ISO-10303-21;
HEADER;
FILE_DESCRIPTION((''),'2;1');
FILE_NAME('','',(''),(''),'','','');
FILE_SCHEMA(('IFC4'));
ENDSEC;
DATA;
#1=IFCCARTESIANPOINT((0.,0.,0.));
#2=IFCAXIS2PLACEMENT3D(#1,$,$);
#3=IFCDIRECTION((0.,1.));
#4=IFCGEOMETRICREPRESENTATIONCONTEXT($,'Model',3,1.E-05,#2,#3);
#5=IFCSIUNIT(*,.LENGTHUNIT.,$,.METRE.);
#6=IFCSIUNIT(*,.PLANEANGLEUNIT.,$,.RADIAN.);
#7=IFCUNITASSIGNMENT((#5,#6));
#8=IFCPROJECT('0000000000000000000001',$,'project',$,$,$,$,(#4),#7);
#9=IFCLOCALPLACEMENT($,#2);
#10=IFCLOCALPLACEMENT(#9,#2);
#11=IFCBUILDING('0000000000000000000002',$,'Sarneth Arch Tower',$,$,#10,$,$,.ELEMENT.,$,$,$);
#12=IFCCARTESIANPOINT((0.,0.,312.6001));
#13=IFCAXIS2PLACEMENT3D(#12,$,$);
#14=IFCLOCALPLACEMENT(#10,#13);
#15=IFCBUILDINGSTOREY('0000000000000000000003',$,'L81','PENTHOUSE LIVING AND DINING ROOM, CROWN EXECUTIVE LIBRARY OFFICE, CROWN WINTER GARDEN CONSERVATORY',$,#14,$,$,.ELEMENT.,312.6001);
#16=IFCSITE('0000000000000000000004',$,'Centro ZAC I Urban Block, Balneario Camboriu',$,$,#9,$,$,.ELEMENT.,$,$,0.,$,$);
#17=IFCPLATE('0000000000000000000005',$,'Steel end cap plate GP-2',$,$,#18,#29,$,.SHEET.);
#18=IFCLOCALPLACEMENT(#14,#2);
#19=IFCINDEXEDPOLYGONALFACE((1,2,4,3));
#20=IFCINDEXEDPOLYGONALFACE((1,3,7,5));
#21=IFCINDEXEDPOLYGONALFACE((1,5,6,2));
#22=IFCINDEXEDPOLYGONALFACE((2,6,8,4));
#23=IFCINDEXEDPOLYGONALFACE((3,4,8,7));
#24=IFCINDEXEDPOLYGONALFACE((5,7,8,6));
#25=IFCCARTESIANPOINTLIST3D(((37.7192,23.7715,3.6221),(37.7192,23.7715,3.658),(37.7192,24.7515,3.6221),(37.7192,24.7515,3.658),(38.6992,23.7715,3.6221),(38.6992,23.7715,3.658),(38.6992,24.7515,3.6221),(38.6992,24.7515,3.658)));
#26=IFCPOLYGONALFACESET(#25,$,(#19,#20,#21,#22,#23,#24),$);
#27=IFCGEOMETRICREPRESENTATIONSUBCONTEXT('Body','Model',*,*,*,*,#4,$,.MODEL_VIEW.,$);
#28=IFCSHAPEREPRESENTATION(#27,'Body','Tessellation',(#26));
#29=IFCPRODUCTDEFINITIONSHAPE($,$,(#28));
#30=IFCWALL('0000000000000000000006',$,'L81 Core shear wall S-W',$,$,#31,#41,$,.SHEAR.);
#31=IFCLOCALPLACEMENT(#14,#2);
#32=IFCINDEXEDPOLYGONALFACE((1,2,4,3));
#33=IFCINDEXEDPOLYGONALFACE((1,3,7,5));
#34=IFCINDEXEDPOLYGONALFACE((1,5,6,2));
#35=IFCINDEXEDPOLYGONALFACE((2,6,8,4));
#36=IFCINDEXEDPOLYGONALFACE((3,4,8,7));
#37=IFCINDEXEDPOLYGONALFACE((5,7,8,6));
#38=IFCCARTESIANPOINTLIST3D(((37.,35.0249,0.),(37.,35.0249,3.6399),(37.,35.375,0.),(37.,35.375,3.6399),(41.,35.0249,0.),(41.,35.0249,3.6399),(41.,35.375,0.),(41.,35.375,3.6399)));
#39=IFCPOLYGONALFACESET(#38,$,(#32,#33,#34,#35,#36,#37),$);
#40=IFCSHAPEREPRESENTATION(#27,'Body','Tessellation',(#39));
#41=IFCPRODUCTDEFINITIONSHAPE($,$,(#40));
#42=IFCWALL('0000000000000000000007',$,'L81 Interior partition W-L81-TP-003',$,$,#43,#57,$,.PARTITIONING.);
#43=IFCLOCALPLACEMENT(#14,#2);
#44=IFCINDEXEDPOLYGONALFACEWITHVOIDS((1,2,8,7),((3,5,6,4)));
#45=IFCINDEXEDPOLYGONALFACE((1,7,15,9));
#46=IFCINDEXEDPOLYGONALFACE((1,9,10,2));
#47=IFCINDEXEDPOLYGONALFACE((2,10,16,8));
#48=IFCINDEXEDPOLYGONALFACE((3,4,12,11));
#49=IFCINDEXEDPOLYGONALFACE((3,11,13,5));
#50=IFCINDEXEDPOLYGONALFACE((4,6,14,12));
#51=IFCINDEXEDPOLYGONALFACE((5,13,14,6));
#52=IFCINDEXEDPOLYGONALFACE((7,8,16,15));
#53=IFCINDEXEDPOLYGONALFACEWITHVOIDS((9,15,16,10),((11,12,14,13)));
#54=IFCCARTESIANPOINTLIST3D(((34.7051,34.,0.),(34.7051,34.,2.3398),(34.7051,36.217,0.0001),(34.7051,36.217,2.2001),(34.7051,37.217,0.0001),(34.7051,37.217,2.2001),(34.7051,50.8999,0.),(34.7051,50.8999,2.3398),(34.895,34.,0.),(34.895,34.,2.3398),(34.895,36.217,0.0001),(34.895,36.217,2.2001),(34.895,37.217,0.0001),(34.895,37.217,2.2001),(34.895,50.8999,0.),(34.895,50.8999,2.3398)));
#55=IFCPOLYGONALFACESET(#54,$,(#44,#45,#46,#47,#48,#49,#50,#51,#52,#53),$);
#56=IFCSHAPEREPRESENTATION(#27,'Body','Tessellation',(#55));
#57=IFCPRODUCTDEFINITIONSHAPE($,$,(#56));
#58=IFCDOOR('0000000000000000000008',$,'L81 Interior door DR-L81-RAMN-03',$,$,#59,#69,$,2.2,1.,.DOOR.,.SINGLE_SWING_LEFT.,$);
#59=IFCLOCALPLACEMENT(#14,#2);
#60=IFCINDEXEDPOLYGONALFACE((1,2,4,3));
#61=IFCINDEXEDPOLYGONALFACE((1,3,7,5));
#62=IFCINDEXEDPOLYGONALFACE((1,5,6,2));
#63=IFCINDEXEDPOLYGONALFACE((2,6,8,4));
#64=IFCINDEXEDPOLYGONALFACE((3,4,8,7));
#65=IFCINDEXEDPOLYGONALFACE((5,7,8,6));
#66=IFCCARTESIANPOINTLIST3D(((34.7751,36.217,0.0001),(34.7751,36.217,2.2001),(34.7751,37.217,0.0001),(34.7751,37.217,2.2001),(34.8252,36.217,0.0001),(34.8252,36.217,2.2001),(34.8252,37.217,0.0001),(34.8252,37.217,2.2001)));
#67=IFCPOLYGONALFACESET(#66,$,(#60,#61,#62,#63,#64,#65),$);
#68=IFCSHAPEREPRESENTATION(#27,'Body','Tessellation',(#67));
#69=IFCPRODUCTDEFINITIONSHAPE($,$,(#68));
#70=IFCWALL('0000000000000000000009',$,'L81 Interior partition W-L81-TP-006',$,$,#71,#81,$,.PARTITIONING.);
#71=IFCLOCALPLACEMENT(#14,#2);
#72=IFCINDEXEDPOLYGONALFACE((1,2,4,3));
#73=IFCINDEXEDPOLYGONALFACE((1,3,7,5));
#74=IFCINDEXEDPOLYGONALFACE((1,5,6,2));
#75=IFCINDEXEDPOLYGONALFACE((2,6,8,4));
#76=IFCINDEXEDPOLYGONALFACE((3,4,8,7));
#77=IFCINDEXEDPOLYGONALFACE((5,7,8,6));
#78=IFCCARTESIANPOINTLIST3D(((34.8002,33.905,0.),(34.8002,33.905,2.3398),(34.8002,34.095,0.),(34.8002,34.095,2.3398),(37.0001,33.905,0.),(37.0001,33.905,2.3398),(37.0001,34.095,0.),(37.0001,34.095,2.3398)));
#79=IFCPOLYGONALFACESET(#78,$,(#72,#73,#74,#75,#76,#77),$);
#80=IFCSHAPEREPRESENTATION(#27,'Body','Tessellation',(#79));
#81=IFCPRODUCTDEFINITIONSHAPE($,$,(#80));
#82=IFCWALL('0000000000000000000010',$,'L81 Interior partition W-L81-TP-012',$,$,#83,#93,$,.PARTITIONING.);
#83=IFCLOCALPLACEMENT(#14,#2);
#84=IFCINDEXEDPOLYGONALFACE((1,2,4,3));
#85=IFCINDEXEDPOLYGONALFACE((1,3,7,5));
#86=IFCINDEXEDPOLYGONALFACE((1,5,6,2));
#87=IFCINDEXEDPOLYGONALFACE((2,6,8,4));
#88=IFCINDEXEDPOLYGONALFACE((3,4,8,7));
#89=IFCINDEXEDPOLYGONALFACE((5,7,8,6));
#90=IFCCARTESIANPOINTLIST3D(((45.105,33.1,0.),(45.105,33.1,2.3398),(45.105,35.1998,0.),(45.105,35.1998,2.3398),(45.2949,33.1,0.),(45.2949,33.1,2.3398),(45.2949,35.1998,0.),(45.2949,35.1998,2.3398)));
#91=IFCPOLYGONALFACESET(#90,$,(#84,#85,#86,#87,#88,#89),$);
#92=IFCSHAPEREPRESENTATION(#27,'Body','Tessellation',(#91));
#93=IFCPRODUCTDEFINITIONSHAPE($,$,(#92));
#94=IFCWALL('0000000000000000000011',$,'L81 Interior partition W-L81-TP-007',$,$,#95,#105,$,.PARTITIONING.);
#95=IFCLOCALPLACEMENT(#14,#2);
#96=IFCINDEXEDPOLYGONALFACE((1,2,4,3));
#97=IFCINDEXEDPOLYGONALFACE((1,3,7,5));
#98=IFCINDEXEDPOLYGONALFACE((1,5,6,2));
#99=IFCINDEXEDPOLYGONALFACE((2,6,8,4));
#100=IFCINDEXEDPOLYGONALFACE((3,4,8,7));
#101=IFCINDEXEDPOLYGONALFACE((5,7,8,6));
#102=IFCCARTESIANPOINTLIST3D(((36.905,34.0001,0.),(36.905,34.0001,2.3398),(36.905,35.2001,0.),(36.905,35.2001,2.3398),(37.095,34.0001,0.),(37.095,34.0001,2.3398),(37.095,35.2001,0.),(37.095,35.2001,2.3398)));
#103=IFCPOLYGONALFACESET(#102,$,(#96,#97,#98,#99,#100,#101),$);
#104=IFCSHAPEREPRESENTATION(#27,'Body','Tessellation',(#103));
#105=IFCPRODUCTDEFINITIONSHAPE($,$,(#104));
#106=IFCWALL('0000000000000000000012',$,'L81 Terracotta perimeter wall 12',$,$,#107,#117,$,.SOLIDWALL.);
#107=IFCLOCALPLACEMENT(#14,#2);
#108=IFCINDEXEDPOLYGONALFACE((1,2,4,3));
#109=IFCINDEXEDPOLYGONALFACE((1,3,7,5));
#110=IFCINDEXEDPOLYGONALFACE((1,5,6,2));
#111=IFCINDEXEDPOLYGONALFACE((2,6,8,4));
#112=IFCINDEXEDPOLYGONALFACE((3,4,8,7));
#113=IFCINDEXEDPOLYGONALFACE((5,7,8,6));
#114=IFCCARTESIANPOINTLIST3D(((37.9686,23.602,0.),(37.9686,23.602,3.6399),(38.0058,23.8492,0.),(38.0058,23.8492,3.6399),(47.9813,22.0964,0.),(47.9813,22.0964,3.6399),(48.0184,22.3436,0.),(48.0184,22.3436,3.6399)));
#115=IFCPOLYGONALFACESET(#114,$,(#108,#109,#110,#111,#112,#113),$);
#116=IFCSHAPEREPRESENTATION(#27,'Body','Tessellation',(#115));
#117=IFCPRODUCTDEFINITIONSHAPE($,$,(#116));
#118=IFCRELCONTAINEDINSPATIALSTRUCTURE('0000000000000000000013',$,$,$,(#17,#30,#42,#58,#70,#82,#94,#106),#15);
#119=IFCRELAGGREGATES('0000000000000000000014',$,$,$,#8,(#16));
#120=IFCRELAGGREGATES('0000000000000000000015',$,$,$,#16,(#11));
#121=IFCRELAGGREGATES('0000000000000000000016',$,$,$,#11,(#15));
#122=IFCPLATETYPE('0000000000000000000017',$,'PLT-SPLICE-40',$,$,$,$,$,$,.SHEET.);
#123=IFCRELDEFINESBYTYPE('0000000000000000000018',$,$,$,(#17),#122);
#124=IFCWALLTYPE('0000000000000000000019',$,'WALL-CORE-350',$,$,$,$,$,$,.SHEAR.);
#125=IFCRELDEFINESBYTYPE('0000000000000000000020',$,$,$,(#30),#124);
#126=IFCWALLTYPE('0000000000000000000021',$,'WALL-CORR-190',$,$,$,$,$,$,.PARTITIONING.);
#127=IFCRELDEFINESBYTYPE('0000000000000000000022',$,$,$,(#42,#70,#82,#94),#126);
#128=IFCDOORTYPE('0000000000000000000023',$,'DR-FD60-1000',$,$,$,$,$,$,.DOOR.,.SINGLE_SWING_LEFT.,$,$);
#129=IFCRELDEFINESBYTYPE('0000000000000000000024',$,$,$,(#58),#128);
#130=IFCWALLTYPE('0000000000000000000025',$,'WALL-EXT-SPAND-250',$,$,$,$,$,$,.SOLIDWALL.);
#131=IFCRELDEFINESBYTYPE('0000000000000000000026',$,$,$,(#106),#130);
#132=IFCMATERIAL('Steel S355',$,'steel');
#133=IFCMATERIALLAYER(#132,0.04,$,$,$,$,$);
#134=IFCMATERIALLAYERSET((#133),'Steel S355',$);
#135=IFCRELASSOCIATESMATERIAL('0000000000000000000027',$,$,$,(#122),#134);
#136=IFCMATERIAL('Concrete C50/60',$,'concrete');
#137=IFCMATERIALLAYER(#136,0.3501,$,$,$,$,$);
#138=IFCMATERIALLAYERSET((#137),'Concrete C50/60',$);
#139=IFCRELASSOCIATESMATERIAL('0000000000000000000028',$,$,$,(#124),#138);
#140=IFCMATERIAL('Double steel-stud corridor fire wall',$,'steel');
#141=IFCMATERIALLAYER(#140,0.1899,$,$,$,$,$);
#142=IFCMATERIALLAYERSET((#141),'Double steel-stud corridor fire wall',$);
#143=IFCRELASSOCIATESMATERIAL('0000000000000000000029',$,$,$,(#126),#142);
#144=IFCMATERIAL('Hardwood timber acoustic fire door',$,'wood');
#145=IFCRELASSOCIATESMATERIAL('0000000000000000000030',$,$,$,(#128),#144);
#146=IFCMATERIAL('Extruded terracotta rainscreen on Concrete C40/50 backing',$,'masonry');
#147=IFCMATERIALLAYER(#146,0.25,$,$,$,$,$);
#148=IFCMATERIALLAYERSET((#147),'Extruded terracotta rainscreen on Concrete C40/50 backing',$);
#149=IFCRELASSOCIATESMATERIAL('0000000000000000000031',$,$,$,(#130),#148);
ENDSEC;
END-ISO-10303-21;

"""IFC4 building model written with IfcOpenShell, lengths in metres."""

from ifc_helpers import new_model, si_unit, direction, frame, frame_2d, origin, origin_2d, place, context, subcontext, project, spatial, rectangle, extrude, material, layer, layer_set, type_object, element, fill, save


model = new_model("IFC4")

# Units and contexts
model_context = context("Model", 3, precision=1e-05, world=origin(), true_north=direction((0.0, 1.0)))
body_context = subcontext(model_context, "Body", "Model", "MODEL_VIEW")
ifc_project = project(units=[si_unit("LENGTHUNIT", "METRE"), si_unit("PLANEANGLEUNIT", "RADIAN")], contexts=[model_context])

# Site, building, storey
site_placement = place(None, origin())
site = spatial("IfcSite", under=ifc_project, at=site_placement, Name="Centro ZAC I Urban Block, Balneario Camboriu", CompositionType="ELEMENT", RefElevation=0.0)
building_placement = place(site_placement, origin())
building = spatial("IfcBuilding", under=site, at=building_placement, Name="Sarneth Arch Tower", CompositionType="ELEMENT")
storey_placement = place(building_placement, frame((0.0, 0.0, 312.6001)))
storey = spatial("IfcBuildingStorey", under=building, at=storey_placement, Name="L81", Description="PENTHOUSE LIVING AND DINING ROOM, CROWN EXECUTIVE LIBRARY OFFICE, CROWN WINTER GARDEN CONSERVATORY", CompositionType="ELEMENT", Elevation=312.6001)

# Plate
ifc_material_1 = material(Name="Steel S355", Category="steel")
ifc_layer_1 = layer(ifc_material_1, 0.04)
ifc_layer_set_1 = layer_set([ifc_layer_1], Name="Steel S355")
plate_type_1 = type_object("IfcPlateType", Name="PLT-SPLICE-40", PredefinedType="SHEET", material=ifc_layer_set_1)
for number, where, z_axis, x_axis, name in (
    (1, (38.2092, 24.2615, 3.6221), (0.0, 0.0, 1.0), (1.0, 0.0, 0.0), "Steel end cap plate GP-2"),
):
    element("IfcPlate", number, at=place(storey_placement, frame(where, z_axis=z_axis, x_axis=x_axis)), inside=storey, type_object=plate_type_1, Name=name, PredefinedType="SHEET", context=body_context, shape_type="SweptSolid", body=[
        extrude(rectangle(XDim=0.98, YDim=0.98, at=origin_2d()), origin(), (0.0, 0.0, 1.0), 0.0359),
    ])

# Wall
ifc_material_2 = material(Name="Concrete C50/60", Category="concrete")
ifc_layer_2 = layer(ifc_material_2, 0.3501)
ifc_layer_set_2 = layer_set([ifc_layer_2], Name="Concrete C50/60")
wall_type_1 = type_object("IfcWallType", Name="WALL-CORE-350", PredefinedType="SHEAR", material=ifc_layer_set_2)
wall_1_placement = place(storey_placement, frame((37.0, 35.2, 0.0), z_axis=(0.0, 0.0, 1.0), x_axis=(1.0, 0.0, 0.0)))
element("IfcWall", 2, at=wall_1_placement, inside=storey, type_object=wall_type_1, Name="L81 Core shear wall S-W", PredefinedType="SHEAR", context=body_context, shape_type="SweptSolid", body=[
    extrude(rectangle(XDim=4.0, YDim=0.3501, at=frame_2d((2.0, 0.0))), origin(), (0.0, 0.0, 1.0), 3.6399),
])

# Wall, opening, door
ifc_material_3 = material(Name="Double steel-stud corridor fire wall", Category="steel")
ifc_layer_3 = layer(ifc_material_3, 0.1899)
ifc_layer_set_3 = layer_set([ifc_layer_3], Name="Double steel-stud corridor fire wall")
wall_type_2 = type_object("IfcWallType", Name="WALL-CORR-190", PredefinedType="PARTITIONING", material=ifc_layer_set_3)
wall_2_placement = place(storey_placement, frame((34.8, 34.0, 0.0), z_axis=(0.0, 0.0, 1.0), x_axis=(0.0, 1.0, 0.0)))
wall_2 = element("IfcWall", 3, at=wall_2_placement, inside=storey, type_object=wall_type_2, Name="L81 Interior partition W-L81-TP-003", PredefinedType="PARTITIONING", context=body_context, shape_type="SweptSolid", body=[
    extrude(rectangle(XDim=16.8999, YDim=0.1899, at=frame_2d((8.45, 0.0))), origin(), (0.0, 0.0, 1.0), 2.3398),
])
opening_placement = place(wall_2_placement, frame((2.217, 0.0, 0.0)))
opening = element("IfcOpeningElement", 4, at=opening_placement, cuts=wall_2, PredefinedType="OPENING", context=body_context, shape_type="SweptSolid", body=[
    extrude(rectangle(XDim=1.0, YDim=2.2, at=frame_2d((0.5, 1.1001))), frame((0.0, 0.105, 0.0), z_axis=(0.0, -1.0, 0.0), x_axis=(1.0, 0.0, 0.0)), (0.0, 0.0, 1.0), 0.21),
])
ifc_material_4 = material(Name="Hardwood timber acoustic fire door", Category="wood")
door_type = type_object("IfcDoorType", Name="DR-FD60-1000", OperationType="SINGLE_SWING_LEFT", PredefinedType="DOOR", material=ifc_material_4)
door_placement = place(opening_placement, origin())
door = element("IfcDoor", 5, at=door_placement, inside=storey, type_object=door_type, Name="L81 Interior door DR-L81-RAMN-03", OperationType="SINGLE_SWING_LEFT", OverallHeight=2.2, OverallWidth=1.0, PredefinedType="DOOR", context=body_context, shape_type="SweptSolid", body=[
    extrude(rectangle(XDim=1.0, YDim=2.2, at=frame_2d((0.5, 1.1001))), frame((0.0, 0.0249, 0.0), z_axis=(0.0, -1.0, 0.0), x_axis=(1.0, 0.0, 0.0)), (0.0, 0.0, 1.0), 0.05),
])
fill(opening, door)

# Walls
wall_3_placement = place(storey_placement, frame((34.8, 34.0, 0.0), z_axis=(0.0, 0.0, 1.0), x_axis=(1.0, 0.0, 0.0)))
element("IfcWall", 6, at=wall_3_placement, inside=storey, type_object=wall_type_2, Name="L81 Interior partition W-L81-TP-006", PredefinedType="PARTITIONING", context=body_context, shape_type="SweptSolid", body=[
    extrude(rectangle(XDim=2.2, YDim=0.1899, at=frame_2d((1.1001, 0.0))), origin(), (0.0, 0.0, 1.0), 2.3398),
])
wall_4_placement = place(storey_placement, frame((45.2, 33.1001, 0.0), z_axis=(0.0, 0.0, 1.0), x_axis=(0.0, 1.0, 0.0)))
element("IfcWall", 7, at=wall_4_placement, inside=storey, type_object=wall_type_2, Name="L81 Interior partition W-L81-TP-012", PredefinedType="PARTITIONING", context=body_context, shape_type="SweptSolid", body=[
    extrude(rectangle(XDim=2.0999, YDim=0.1899, at=frame_2d((1.0498, 0.0))), origin(), (0.0, 0.0, 1.0), 2.3398),
])
wall_5_placement = place(storey_placement, frame((37.0, 34.0, 0.0), z_axis=(0.0, 0.0, 1.0), x_axis=(0.0, 1.0, 0.0)))
element("IfcWall", 8, at=wall_5_placement, inside=storey, type_object=wall_type_2, Name="L81 Interior partition W-L81-TP-007", PredefinedType="PARTITIONING", context=body_context, shape_type="SweptSolid", body=[
    extrude(rectangle(XDim=1.2, YDim=0.1899, at=frame_2d((0.6001, 0.0))), origin(), (0.0, 0.0, 1.0), 2.3398),
])
ifc_material_5 = material(Name="Extruded terracotta rainscreen on Concrete C40/50 backing", Category="masonry")
ifc_layer_4 = layer(ifc_material_5, 0.25)
ifc_layer_set_4 = layer_set([ifc_layer_4], Name="Extruded terracotta rainscreen on Concrete C40/50 backing")
wall_type_3 = type_object("IfcWallType", Name="WALL-EXT-SPAND-250", PredefinedType="SOLIDWALL", material=ifc_layer_set_4)
wall_6_placement = place(storey_placement, frame((37.9873, 23.7256, 0.0), z_axis=(0.0, 0.0, 1.0), x_axis=(0.988883, -0.148699, 0.0)))
element("IfcWall", 9, at=wall_6_placement, inside=storey, type_object=wall_type_3, Name="L81 Terracotta perimeter wall 12", PredefinedType="SOLIDWALL", context=body_context, shape_type="SweptSolid", body=[
    extrude(rectangle(XDim=10.1252, YDim=0.25, at=frame_2d((5.0625, 0.0))), origin(), (0.0, 0.0, 1.0), 3.6399),
])

save(model, "model.ifc")
